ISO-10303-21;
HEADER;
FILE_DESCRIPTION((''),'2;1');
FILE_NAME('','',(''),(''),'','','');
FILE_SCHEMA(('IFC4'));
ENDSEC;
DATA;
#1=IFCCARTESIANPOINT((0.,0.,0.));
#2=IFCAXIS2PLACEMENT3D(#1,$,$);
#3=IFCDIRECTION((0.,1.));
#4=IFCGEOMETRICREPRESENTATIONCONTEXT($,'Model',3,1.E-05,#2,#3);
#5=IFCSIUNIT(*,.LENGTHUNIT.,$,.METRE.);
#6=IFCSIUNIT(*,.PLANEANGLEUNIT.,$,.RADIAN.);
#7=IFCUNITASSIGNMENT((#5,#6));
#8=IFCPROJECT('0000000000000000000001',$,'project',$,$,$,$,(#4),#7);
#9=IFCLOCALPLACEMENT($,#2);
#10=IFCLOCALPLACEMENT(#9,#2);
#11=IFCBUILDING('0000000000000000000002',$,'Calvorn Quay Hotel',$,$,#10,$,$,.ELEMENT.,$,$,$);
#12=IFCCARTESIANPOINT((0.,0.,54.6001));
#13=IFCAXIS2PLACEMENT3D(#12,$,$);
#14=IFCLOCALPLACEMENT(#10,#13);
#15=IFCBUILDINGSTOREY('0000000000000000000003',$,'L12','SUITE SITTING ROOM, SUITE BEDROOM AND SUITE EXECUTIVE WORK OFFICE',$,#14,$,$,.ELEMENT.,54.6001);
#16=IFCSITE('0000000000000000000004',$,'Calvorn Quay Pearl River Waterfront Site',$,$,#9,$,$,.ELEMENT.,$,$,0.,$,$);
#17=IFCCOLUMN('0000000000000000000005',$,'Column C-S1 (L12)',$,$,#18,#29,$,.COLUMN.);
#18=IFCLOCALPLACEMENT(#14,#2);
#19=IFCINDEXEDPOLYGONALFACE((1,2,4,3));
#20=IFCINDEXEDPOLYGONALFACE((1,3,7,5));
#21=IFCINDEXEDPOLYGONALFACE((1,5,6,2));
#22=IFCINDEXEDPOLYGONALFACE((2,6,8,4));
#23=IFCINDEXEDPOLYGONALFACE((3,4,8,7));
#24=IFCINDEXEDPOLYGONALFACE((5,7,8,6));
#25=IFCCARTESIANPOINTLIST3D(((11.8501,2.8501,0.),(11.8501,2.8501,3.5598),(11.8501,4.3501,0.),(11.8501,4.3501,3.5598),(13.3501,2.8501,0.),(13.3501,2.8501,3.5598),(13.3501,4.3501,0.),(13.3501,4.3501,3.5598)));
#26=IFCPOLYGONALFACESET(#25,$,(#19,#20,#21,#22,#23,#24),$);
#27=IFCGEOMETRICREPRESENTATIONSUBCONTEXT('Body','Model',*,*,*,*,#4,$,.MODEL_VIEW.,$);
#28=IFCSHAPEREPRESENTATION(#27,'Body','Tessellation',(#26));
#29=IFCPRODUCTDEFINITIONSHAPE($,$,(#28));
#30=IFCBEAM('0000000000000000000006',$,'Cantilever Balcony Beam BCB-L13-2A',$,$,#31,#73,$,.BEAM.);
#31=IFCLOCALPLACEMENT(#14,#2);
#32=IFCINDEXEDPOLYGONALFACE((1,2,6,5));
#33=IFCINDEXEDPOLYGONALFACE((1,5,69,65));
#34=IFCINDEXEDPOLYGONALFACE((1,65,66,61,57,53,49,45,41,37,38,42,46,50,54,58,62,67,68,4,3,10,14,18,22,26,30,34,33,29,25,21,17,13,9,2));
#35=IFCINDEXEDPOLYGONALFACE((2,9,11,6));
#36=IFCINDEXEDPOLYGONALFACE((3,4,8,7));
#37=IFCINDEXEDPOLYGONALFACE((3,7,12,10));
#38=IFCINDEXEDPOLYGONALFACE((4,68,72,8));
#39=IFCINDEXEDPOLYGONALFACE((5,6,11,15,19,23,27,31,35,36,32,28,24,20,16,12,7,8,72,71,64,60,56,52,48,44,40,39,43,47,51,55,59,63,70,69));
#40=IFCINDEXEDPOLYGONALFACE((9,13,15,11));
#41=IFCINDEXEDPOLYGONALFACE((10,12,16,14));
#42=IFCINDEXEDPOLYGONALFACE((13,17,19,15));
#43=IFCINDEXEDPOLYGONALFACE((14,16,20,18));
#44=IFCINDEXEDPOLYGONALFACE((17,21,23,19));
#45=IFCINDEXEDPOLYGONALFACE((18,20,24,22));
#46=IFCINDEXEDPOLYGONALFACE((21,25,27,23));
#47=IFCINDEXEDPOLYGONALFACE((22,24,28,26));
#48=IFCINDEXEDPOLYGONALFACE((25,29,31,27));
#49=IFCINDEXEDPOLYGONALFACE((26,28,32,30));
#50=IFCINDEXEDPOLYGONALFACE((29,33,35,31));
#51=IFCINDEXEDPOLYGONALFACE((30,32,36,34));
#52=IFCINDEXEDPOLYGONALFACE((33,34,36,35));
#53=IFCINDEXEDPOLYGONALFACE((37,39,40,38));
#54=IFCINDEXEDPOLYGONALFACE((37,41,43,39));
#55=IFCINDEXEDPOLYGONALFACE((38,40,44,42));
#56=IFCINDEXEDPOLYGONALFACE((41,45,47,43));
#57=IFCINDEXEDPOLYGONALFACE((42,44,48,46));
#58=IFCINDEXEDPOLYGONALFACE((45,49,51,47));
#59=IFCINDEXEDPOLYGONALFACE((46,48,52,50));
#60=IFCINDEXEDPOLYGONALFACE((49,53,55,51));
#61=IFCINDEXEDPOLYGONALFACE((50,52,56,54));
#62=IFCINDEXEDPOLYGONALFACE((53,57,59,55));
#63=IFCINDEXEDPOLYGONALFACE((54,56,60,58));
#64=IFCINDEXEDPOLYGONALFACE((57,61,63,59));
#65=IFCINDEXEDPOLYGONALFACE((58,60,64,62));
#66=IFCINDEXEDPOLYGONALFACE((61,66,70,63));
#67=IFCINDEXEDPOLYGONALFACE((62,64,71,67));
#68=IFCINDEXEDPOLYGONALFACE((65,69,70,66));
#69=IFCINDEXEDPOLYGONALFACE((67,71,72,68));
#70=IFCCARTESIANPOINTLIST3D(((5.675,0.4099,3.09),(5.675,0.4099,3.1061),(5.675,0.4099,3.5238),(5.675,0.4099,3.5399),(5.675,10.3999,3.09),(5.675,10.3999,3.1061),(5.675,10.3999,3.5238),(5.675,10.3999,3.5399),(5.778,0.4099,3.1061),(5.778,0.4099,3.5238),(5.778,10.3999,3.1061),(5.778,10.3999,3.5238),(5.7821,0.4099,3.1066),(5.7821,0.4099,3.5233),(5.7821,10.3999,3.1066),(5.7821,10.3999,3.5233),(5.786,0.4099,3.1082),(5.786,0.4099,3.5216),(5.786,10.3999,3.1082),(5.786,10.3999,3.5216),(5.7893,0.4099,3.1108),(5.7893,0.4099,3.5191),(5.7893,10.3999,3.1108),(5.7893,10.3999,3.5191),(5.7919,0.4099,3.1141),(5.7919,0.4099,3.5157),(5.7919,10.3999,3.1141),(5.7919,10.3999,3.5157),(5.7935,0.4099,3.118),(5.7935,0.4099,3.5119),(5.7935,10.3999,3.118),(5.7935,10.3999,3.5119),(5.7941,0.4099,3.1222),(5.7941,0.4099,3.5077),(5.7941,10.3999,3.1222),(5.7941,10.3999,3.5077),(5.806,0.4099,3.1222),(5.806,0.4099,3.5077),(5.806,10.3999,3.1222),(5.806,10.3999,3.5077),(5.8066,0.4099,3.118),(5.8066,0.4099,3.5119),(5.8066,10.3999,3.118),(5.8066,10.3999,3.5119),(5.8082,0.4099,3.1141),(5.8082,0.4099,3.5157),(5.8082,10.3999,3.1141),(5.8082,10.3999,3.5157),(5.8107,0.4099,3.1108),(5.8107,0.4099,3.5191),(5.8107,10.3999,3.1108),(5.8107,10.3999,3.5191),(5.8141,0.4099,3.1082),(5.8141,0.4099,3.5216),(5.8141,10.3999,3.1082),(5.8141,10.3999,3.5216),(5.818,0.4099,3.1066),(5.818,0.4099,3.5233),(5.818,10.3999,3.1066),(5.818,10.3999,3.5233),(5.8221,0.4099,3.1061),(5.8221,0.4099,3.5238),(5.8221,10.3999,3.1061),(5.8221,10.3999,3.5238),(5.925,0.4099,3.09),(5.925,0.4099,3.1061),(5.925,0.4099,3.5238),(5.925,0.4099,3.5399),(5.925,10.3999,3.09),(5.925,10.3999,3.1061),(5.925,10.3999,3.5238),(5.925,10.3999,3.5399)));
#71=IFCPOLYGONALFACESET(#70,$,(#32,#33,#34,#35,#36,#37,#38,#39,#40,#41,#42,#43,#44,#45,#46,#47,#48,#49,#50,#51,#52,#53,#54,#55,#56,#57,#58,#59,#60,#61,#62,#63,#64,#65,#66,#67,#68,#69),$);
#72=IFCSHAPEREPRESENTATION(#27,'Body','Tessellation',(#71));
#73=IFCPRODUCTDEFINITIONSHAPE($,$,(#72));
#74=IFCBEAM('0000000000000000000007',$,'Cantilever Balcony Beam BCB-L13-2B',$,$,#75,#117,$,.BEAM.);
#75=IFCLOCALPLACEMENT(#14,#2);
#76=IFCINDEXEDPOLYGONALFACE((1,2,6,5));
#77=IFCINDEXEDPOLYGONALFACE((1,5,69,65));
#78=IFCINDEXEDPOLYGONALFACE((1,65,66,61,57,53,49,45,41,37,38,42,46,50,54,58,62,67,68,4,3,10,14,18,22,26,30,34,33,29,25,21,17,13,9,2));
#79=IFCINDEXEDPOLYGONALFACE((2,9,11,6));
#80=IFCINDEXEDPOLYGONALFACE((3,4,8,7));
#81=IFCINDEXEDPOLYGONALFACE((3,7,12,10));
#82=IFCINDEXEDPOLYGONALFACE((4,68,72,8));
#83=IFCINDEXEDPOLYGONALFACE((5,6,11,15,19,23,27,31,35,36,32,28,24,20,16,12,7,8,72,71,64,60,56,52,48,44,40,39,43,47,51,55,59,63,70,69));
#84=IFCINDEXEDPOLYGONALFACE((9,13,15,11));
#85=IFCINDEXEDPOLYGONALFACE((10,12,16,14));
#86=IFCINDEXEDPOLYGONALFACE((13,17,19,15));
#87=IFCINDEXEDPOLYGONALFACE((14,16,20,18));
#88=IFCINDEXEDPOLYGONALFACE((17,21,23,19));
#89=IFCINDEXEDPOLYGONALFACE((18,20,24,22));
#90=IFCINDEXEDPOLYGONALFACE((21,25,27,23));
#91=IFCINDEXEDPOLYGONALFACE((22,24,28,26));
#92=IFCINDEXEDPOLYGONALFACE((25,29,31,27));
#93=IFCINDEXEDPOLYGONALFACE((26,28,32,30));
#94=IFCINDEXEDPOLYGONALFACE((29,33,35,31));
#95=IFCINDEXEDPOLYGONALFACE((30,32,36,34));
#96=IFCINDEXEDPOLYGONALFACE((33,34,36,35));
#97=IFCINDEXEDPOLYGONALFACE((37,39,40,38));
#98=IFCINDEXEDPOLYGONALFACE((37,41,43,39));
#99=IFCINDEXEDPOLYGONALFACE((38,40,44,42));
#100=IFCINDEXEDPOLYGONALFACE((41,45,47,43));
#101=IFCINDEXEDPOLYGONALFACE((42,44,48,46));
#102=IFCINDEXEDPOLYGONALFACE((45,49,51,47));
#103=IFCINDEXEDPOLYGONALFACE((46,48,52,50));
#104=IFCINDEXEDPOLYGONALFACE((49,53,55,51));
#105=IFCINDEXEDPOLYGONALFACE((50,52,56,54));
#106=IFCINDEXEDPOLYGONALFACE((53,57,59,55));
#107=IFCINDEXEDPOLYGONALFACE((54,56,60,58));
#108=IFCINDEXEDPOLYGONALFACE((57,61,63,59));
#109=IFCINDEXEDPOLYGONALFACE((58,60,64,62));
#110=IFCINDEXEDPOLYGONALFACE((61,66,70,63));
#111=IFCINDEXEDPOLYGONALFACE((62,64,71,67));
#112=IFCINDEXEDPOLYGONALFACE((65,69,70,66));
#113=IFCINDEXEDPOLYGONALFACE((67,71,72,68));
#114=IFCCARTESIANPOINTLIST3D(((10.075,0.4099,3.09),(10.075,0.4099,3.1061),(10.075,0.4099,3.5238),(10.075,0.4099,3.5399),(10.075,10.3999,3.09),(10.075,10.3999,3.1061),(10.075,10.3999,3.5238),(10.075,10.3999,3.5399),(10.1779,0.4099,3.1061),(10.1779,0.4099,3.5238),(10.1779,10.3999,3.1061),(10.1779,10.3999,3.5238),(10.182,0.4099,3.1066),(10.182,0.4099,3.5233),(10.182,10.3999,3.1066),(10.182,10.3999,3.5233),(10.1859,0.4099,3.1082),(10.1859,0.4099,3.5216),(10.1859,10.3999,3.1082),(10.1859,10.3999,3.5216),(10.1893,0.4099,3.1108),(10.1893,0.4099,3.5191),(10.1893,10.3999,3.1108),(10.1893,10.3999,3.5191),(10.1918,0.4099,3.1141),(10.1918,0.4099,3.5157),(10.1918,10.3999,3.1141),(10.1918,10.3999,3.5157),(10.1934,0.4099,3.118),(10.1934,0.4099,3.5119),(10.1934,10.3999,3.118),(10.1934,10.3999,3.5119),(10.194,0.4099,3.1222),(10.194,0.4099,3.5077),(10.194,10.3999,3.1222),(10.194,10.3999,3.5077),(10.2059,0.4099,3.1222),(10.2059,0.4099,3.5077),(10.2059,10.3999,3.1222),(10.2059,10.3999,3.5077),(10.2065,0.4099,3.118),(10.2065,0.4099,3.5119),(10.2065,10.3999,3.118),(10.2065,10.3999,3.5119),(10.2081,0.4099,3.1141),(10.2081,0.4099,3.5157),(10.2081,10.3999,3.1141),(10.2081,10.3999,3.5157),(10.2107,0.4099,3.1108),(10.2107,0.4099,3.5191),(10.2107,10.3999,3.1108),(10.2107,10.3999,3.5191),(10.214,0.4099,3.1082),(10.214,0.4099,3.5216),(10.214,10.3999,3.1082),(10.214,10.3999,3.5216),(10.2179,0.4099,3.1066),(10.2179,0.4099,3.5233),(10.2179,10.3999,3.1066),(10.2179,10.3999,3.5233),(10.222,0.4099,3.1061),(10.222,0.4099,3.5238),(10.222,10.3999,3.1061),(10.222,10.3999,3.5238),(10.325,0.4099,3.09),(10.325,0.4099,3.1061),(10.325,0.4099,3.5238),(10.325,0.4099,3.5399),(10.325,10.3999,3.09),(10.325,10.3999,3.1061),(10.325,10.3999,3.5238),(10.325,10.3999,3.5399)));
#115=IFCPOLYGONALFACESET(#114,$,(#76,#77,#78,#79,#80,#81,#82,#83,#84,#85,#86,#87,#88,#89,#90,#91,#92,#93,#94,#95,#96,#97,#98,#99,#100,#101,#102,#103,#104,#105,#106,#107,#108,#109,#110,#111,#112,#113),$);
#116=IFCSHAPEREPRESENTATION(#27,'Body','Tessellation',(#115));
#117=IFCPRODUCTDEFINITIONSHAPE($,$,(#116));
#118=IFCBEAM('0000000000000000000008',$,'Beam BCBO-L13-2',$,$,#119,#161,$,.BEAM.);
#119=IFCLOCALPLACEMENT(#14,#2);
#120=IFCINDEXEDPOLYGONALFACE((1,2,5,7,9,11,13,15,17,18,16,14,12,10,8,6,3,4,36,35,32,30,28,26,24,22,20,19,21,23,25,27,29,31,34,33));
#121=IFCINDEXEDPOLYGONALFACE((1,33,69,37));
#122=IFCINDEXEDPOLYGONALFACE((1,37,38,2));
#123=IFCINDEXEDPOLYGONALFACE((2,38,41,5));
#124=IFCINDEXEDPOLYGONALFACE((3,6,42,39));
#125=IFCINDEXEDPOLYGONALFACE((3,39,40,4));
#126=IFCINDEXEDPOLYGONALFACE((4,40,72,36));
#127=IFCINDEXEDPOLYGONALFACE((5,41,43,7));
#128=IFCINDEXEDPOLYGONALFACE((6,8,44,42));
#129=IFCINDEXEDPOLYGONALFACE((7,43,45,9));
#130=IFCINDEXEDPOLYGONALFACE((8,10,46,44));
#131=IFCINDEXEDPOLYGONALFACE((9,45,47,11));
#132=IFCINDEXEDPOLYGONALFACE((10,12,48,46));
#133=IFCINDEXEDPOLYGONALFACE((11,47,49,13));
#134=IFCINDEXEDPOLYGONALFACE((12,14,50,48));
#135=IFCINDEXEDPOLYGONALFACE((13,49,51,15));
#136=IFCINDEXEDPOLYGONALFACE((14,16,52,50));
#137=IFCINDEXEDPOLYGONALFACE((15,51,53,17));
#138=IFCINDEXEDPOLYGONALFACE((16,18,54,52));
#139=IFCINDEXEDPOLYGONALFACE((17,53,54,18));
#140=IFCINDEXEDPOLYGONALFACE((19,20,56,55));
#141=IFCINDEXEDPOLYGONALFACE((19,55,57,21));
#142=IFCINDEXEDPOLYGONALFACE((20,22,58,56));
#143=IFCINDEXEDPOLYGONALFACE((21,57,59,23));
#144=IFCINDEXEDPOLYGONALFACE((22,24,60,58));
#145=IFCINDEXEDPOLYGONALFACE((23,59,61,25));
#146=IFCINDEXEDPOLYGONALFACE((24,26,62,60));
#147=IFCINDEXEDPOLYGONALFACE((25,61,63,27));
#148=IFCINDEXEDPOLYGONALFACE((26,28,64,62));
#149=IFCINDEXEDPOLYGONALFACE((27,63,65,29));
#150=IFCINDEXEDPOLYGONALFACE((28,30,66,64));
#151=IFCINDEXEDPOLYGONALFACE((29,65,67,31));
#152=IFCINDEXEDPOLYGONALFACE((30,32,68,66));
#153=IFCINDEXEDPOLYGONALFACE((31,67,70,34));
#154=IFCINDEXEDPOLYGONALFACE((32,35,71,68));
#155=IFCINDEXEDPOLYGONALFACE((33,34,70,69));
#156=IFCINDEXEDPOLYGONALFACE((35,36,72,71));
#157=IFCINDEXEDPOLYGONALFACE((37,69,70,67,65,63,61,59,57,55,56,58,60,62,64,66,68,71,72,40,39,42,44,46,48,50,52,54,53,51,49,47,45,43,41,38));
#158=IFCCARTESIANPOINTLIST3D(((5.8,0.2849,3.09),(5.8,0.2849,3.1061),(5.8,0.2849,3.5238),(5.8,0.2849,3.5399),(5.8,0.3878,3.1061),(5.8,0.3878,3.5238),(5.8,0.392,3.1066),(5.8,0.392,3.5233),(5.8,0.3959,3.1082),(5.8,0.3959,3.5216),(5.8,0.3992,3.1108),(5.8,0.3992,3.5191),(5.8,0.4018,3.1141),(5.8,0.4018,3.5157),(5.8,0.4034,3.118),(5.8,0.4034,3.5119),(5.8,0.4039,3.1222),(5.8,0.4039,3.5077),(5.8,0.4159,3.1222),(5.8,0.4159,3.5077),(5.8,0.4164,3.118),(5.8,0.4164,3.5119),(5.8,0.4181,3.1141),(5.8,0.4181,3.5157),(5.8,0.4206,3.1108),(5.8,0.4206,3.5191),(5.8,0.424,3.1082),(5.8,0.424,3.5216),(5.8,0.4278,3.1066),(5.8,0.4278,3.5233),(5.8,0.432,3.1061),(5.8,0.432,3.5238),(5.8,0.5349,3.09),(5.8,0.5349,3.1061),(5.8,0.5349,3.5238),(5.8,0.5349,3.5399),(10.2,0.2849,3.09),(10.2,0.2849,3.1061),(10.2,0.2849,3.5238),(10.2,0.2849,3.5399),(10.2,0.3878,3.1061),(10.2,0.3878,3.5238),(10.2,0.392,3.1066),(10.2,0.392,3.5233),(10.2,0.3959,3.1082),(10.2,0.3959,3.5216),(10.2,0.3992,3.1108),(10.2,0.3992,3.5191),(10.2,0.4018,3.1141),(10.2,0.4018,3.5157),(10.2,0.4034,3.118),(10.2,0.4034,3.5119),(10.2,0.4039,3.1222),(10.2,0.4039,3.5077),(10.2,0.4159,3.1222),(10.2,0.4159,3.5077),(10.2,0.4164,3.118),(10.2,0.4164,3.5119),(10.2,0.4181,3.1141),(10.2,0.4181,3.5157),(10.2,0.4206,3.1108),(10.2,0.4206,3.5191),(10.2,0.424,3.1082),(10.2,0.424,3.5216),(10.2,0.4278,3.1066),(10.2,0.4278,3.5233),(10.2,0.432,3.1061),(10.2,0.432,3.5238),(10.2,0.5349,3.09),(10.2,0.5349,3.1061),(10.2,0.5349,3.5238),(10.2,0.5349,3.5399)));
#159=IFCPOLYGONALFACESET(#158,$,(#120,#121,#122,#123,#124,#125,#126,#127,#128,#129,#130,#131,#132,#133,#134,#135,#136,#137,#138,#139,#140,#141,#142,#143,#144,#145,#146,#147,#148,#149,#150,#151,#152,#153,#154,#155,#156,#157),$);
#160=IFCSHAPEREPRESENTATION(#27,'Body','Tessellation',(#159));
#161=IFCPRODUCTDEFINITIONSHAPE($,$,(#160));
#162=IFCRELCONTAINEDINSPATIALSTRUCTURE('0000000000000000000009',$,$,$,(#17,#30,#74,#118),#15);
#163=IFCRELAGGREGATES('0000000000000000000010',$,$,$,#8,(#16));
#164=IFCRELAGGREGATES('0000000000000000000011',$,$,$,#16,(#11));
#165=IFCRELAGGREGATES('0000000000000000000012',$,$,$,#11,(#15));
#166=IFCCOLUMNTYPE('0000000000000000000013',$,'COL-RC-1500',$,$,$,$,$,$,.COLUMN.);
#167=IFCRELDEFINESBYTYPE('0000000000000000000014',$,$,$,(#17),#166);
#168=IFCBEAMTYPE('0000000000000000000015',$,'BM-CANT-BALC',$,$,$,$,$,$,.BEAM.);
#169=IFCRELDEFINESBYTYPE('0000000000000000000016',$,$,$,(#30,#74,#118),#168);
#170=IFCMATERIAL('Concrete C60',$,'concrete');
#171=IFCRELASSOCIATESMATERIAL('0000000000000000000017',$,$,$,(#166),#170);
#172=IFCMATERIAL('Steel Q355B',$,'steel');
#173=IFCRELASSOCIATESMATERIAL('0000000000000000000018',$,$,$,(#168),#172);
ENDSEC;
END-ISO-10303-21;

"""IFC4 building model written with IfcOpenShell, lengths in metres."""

from ifc_helpers import new_model, si_unit, direction, frame, origin, origin_2d, place, context, subcontext, project, spatial, rectangle, i_section, extrude, material, material_profile, profile_set, type_object, element, save


model = new_model("IFC4")

# Units and contexts
model_context = context("Model", 3, precision=1e-05, world=origin(), true_north=direction((0.0, 1.0)))
body_context = subcontext(model_context, "Body", "Model", "MODEL_VIEW")
ifc_project = project(units=[si_unit("LENGTHUNIT", "METRE"), si_unit("PLANEANGLEUNIT", "RADIAN")], contexts=[model_context])

# Site, building, storey
site_placement = place(None, origin())
site = spatial("IfcSite", under=ifc_project, at=site_placement, Name="Calvorn Quay Pearl River Waterfront Site", CompositionType="ELEMENT", RefElevation=0.0)
building_placement = place(site_placement, origin())
building = spatial("IfcBuilding", under=site, at=building_placement, Name="Calvorn Quay Hotel", CompositionType="ELEMENT")
storey_placement = place(building_placement, frame((0.0, 0.0, 54.6001)))
storey = spatial("IfcBuildingStorey", under=building, at=storey_placement, Name="L12", Description="SUITE SITTING ROOM, SUITE BEDROOM AND SUITE EXECUTIVE WORK OFFICE", CompositionType="ELEMENT", Elevation=54.6001)

# Column
ifc_material_1 = material(Name="Concrete C60", Category="concrete")
ifc_material_profile_1 = material_profile(ifc_material_1, rectangle(XDim=1.5, YDim=1.5, at=origin_2d()), Name="RC1500x1500")
ifc_profile_set_1 = profile_set([ifc_material_profile_1], Name="Concrete C60")
column_type = type_object("IfcColumnType", Name="COL-RC-1500", PredefinedType="COLUMN", material=ifc_profile_set_1)
column_placement = place(storey_placement, frame((12.6001, 3.6001, 0.0), z_axis=(0.0, 0.0, 1.0), x_axis=(1.0, 0.0, 0.0)))
element("IfcColumn", 1, at=column_placement, inside=storey, type_object=column_type, Name="Column C-S1 (L12)", PredefinedType="COLUMN", context=body_context, shape_type="SweptSolid", body=[
    extrude(rectangle(XDim=1.5, YDim=1.5, at=origin_2d()), origin(), (0.0, 0.0, 1.0), 3.5598),
])

# Beams
ifc_material_2 = material(Name="Steel Q355B", Category="steel")
ifc_material_profile_2 = material_profile(ifc_material_2, i_section(OverallWidth=0.25, OverallDepth=0.45, WebThickness=0.012, FlangeThickness=0.0161, FilletRadius=0.0161, at=origin_2d()), Name="HN450x250x12x16")
ifc_profile_set_2 = profile_set([ifc_material_profile_2], Name="Steel Q355B")
beam_type_1 = type_object("IfcBeamType", Name="BM-CANT-BALC", PredefinedType="BEAM", material=ifc_profile_set_2)
for number, where, z_axis, x_axis, name in (
    (2, (5.8, 10.3999, 3.3149), (0.0, -1.0, 0.0), (1.0, 0.0, 0.0), "Cantilever Balcony Beam BCB-L13-2A"),
    (3, (10.2, 10.3999, 3.3149), (0.0, -1.0, 0.0), (1.0, 0.0, 0.0), "Cantilever Balcony Beam BCB-L13-2B"),
):
    element("IfcBeam", number, at=place(storey_placement, frame(where, z_axis=z_axis, x_axis=x_axis)), inside=storey, type_object=beam_type_1, Name=name, PredefinedType="BEAM", context=body_context, shape_type="SweptSolid", body=[
        extrude(i_section(OverallWidth=0.25, OverallDepth=0.45, WebThickness=0.012, FlangeThickness=0.0161, FilletRadius=0.0161, at=origin_2d()), origin(), (0.0, 0.0, 1.0), 9.99),
    ])
beam_1_placement = place(storey_placement, frame((5.8, 0.4099, 3.3149), z_axis=(1.0, 0.0, 0.0), x_axis=(0.0, 1.0, 0.0)))
element("IfcBeam", 4, at=beam_1_placement, inside=storey, type_object=beam_type_1, Name="Beam BCBO-L13-2", PredefinedType="BEAM", context=body_context, shape_type="SweptSolid", body=[
    extrude(i_section(OverallWidth=0.25, OverallDepth=0.45, WebThickness=0.012, FlangeThickness=0.0161, FilletRadius=0.0161, at=origin_2d()), origin(), (0.0, 0.0, 1.0), 4.3999),
])

save(model, "model.ifc")
